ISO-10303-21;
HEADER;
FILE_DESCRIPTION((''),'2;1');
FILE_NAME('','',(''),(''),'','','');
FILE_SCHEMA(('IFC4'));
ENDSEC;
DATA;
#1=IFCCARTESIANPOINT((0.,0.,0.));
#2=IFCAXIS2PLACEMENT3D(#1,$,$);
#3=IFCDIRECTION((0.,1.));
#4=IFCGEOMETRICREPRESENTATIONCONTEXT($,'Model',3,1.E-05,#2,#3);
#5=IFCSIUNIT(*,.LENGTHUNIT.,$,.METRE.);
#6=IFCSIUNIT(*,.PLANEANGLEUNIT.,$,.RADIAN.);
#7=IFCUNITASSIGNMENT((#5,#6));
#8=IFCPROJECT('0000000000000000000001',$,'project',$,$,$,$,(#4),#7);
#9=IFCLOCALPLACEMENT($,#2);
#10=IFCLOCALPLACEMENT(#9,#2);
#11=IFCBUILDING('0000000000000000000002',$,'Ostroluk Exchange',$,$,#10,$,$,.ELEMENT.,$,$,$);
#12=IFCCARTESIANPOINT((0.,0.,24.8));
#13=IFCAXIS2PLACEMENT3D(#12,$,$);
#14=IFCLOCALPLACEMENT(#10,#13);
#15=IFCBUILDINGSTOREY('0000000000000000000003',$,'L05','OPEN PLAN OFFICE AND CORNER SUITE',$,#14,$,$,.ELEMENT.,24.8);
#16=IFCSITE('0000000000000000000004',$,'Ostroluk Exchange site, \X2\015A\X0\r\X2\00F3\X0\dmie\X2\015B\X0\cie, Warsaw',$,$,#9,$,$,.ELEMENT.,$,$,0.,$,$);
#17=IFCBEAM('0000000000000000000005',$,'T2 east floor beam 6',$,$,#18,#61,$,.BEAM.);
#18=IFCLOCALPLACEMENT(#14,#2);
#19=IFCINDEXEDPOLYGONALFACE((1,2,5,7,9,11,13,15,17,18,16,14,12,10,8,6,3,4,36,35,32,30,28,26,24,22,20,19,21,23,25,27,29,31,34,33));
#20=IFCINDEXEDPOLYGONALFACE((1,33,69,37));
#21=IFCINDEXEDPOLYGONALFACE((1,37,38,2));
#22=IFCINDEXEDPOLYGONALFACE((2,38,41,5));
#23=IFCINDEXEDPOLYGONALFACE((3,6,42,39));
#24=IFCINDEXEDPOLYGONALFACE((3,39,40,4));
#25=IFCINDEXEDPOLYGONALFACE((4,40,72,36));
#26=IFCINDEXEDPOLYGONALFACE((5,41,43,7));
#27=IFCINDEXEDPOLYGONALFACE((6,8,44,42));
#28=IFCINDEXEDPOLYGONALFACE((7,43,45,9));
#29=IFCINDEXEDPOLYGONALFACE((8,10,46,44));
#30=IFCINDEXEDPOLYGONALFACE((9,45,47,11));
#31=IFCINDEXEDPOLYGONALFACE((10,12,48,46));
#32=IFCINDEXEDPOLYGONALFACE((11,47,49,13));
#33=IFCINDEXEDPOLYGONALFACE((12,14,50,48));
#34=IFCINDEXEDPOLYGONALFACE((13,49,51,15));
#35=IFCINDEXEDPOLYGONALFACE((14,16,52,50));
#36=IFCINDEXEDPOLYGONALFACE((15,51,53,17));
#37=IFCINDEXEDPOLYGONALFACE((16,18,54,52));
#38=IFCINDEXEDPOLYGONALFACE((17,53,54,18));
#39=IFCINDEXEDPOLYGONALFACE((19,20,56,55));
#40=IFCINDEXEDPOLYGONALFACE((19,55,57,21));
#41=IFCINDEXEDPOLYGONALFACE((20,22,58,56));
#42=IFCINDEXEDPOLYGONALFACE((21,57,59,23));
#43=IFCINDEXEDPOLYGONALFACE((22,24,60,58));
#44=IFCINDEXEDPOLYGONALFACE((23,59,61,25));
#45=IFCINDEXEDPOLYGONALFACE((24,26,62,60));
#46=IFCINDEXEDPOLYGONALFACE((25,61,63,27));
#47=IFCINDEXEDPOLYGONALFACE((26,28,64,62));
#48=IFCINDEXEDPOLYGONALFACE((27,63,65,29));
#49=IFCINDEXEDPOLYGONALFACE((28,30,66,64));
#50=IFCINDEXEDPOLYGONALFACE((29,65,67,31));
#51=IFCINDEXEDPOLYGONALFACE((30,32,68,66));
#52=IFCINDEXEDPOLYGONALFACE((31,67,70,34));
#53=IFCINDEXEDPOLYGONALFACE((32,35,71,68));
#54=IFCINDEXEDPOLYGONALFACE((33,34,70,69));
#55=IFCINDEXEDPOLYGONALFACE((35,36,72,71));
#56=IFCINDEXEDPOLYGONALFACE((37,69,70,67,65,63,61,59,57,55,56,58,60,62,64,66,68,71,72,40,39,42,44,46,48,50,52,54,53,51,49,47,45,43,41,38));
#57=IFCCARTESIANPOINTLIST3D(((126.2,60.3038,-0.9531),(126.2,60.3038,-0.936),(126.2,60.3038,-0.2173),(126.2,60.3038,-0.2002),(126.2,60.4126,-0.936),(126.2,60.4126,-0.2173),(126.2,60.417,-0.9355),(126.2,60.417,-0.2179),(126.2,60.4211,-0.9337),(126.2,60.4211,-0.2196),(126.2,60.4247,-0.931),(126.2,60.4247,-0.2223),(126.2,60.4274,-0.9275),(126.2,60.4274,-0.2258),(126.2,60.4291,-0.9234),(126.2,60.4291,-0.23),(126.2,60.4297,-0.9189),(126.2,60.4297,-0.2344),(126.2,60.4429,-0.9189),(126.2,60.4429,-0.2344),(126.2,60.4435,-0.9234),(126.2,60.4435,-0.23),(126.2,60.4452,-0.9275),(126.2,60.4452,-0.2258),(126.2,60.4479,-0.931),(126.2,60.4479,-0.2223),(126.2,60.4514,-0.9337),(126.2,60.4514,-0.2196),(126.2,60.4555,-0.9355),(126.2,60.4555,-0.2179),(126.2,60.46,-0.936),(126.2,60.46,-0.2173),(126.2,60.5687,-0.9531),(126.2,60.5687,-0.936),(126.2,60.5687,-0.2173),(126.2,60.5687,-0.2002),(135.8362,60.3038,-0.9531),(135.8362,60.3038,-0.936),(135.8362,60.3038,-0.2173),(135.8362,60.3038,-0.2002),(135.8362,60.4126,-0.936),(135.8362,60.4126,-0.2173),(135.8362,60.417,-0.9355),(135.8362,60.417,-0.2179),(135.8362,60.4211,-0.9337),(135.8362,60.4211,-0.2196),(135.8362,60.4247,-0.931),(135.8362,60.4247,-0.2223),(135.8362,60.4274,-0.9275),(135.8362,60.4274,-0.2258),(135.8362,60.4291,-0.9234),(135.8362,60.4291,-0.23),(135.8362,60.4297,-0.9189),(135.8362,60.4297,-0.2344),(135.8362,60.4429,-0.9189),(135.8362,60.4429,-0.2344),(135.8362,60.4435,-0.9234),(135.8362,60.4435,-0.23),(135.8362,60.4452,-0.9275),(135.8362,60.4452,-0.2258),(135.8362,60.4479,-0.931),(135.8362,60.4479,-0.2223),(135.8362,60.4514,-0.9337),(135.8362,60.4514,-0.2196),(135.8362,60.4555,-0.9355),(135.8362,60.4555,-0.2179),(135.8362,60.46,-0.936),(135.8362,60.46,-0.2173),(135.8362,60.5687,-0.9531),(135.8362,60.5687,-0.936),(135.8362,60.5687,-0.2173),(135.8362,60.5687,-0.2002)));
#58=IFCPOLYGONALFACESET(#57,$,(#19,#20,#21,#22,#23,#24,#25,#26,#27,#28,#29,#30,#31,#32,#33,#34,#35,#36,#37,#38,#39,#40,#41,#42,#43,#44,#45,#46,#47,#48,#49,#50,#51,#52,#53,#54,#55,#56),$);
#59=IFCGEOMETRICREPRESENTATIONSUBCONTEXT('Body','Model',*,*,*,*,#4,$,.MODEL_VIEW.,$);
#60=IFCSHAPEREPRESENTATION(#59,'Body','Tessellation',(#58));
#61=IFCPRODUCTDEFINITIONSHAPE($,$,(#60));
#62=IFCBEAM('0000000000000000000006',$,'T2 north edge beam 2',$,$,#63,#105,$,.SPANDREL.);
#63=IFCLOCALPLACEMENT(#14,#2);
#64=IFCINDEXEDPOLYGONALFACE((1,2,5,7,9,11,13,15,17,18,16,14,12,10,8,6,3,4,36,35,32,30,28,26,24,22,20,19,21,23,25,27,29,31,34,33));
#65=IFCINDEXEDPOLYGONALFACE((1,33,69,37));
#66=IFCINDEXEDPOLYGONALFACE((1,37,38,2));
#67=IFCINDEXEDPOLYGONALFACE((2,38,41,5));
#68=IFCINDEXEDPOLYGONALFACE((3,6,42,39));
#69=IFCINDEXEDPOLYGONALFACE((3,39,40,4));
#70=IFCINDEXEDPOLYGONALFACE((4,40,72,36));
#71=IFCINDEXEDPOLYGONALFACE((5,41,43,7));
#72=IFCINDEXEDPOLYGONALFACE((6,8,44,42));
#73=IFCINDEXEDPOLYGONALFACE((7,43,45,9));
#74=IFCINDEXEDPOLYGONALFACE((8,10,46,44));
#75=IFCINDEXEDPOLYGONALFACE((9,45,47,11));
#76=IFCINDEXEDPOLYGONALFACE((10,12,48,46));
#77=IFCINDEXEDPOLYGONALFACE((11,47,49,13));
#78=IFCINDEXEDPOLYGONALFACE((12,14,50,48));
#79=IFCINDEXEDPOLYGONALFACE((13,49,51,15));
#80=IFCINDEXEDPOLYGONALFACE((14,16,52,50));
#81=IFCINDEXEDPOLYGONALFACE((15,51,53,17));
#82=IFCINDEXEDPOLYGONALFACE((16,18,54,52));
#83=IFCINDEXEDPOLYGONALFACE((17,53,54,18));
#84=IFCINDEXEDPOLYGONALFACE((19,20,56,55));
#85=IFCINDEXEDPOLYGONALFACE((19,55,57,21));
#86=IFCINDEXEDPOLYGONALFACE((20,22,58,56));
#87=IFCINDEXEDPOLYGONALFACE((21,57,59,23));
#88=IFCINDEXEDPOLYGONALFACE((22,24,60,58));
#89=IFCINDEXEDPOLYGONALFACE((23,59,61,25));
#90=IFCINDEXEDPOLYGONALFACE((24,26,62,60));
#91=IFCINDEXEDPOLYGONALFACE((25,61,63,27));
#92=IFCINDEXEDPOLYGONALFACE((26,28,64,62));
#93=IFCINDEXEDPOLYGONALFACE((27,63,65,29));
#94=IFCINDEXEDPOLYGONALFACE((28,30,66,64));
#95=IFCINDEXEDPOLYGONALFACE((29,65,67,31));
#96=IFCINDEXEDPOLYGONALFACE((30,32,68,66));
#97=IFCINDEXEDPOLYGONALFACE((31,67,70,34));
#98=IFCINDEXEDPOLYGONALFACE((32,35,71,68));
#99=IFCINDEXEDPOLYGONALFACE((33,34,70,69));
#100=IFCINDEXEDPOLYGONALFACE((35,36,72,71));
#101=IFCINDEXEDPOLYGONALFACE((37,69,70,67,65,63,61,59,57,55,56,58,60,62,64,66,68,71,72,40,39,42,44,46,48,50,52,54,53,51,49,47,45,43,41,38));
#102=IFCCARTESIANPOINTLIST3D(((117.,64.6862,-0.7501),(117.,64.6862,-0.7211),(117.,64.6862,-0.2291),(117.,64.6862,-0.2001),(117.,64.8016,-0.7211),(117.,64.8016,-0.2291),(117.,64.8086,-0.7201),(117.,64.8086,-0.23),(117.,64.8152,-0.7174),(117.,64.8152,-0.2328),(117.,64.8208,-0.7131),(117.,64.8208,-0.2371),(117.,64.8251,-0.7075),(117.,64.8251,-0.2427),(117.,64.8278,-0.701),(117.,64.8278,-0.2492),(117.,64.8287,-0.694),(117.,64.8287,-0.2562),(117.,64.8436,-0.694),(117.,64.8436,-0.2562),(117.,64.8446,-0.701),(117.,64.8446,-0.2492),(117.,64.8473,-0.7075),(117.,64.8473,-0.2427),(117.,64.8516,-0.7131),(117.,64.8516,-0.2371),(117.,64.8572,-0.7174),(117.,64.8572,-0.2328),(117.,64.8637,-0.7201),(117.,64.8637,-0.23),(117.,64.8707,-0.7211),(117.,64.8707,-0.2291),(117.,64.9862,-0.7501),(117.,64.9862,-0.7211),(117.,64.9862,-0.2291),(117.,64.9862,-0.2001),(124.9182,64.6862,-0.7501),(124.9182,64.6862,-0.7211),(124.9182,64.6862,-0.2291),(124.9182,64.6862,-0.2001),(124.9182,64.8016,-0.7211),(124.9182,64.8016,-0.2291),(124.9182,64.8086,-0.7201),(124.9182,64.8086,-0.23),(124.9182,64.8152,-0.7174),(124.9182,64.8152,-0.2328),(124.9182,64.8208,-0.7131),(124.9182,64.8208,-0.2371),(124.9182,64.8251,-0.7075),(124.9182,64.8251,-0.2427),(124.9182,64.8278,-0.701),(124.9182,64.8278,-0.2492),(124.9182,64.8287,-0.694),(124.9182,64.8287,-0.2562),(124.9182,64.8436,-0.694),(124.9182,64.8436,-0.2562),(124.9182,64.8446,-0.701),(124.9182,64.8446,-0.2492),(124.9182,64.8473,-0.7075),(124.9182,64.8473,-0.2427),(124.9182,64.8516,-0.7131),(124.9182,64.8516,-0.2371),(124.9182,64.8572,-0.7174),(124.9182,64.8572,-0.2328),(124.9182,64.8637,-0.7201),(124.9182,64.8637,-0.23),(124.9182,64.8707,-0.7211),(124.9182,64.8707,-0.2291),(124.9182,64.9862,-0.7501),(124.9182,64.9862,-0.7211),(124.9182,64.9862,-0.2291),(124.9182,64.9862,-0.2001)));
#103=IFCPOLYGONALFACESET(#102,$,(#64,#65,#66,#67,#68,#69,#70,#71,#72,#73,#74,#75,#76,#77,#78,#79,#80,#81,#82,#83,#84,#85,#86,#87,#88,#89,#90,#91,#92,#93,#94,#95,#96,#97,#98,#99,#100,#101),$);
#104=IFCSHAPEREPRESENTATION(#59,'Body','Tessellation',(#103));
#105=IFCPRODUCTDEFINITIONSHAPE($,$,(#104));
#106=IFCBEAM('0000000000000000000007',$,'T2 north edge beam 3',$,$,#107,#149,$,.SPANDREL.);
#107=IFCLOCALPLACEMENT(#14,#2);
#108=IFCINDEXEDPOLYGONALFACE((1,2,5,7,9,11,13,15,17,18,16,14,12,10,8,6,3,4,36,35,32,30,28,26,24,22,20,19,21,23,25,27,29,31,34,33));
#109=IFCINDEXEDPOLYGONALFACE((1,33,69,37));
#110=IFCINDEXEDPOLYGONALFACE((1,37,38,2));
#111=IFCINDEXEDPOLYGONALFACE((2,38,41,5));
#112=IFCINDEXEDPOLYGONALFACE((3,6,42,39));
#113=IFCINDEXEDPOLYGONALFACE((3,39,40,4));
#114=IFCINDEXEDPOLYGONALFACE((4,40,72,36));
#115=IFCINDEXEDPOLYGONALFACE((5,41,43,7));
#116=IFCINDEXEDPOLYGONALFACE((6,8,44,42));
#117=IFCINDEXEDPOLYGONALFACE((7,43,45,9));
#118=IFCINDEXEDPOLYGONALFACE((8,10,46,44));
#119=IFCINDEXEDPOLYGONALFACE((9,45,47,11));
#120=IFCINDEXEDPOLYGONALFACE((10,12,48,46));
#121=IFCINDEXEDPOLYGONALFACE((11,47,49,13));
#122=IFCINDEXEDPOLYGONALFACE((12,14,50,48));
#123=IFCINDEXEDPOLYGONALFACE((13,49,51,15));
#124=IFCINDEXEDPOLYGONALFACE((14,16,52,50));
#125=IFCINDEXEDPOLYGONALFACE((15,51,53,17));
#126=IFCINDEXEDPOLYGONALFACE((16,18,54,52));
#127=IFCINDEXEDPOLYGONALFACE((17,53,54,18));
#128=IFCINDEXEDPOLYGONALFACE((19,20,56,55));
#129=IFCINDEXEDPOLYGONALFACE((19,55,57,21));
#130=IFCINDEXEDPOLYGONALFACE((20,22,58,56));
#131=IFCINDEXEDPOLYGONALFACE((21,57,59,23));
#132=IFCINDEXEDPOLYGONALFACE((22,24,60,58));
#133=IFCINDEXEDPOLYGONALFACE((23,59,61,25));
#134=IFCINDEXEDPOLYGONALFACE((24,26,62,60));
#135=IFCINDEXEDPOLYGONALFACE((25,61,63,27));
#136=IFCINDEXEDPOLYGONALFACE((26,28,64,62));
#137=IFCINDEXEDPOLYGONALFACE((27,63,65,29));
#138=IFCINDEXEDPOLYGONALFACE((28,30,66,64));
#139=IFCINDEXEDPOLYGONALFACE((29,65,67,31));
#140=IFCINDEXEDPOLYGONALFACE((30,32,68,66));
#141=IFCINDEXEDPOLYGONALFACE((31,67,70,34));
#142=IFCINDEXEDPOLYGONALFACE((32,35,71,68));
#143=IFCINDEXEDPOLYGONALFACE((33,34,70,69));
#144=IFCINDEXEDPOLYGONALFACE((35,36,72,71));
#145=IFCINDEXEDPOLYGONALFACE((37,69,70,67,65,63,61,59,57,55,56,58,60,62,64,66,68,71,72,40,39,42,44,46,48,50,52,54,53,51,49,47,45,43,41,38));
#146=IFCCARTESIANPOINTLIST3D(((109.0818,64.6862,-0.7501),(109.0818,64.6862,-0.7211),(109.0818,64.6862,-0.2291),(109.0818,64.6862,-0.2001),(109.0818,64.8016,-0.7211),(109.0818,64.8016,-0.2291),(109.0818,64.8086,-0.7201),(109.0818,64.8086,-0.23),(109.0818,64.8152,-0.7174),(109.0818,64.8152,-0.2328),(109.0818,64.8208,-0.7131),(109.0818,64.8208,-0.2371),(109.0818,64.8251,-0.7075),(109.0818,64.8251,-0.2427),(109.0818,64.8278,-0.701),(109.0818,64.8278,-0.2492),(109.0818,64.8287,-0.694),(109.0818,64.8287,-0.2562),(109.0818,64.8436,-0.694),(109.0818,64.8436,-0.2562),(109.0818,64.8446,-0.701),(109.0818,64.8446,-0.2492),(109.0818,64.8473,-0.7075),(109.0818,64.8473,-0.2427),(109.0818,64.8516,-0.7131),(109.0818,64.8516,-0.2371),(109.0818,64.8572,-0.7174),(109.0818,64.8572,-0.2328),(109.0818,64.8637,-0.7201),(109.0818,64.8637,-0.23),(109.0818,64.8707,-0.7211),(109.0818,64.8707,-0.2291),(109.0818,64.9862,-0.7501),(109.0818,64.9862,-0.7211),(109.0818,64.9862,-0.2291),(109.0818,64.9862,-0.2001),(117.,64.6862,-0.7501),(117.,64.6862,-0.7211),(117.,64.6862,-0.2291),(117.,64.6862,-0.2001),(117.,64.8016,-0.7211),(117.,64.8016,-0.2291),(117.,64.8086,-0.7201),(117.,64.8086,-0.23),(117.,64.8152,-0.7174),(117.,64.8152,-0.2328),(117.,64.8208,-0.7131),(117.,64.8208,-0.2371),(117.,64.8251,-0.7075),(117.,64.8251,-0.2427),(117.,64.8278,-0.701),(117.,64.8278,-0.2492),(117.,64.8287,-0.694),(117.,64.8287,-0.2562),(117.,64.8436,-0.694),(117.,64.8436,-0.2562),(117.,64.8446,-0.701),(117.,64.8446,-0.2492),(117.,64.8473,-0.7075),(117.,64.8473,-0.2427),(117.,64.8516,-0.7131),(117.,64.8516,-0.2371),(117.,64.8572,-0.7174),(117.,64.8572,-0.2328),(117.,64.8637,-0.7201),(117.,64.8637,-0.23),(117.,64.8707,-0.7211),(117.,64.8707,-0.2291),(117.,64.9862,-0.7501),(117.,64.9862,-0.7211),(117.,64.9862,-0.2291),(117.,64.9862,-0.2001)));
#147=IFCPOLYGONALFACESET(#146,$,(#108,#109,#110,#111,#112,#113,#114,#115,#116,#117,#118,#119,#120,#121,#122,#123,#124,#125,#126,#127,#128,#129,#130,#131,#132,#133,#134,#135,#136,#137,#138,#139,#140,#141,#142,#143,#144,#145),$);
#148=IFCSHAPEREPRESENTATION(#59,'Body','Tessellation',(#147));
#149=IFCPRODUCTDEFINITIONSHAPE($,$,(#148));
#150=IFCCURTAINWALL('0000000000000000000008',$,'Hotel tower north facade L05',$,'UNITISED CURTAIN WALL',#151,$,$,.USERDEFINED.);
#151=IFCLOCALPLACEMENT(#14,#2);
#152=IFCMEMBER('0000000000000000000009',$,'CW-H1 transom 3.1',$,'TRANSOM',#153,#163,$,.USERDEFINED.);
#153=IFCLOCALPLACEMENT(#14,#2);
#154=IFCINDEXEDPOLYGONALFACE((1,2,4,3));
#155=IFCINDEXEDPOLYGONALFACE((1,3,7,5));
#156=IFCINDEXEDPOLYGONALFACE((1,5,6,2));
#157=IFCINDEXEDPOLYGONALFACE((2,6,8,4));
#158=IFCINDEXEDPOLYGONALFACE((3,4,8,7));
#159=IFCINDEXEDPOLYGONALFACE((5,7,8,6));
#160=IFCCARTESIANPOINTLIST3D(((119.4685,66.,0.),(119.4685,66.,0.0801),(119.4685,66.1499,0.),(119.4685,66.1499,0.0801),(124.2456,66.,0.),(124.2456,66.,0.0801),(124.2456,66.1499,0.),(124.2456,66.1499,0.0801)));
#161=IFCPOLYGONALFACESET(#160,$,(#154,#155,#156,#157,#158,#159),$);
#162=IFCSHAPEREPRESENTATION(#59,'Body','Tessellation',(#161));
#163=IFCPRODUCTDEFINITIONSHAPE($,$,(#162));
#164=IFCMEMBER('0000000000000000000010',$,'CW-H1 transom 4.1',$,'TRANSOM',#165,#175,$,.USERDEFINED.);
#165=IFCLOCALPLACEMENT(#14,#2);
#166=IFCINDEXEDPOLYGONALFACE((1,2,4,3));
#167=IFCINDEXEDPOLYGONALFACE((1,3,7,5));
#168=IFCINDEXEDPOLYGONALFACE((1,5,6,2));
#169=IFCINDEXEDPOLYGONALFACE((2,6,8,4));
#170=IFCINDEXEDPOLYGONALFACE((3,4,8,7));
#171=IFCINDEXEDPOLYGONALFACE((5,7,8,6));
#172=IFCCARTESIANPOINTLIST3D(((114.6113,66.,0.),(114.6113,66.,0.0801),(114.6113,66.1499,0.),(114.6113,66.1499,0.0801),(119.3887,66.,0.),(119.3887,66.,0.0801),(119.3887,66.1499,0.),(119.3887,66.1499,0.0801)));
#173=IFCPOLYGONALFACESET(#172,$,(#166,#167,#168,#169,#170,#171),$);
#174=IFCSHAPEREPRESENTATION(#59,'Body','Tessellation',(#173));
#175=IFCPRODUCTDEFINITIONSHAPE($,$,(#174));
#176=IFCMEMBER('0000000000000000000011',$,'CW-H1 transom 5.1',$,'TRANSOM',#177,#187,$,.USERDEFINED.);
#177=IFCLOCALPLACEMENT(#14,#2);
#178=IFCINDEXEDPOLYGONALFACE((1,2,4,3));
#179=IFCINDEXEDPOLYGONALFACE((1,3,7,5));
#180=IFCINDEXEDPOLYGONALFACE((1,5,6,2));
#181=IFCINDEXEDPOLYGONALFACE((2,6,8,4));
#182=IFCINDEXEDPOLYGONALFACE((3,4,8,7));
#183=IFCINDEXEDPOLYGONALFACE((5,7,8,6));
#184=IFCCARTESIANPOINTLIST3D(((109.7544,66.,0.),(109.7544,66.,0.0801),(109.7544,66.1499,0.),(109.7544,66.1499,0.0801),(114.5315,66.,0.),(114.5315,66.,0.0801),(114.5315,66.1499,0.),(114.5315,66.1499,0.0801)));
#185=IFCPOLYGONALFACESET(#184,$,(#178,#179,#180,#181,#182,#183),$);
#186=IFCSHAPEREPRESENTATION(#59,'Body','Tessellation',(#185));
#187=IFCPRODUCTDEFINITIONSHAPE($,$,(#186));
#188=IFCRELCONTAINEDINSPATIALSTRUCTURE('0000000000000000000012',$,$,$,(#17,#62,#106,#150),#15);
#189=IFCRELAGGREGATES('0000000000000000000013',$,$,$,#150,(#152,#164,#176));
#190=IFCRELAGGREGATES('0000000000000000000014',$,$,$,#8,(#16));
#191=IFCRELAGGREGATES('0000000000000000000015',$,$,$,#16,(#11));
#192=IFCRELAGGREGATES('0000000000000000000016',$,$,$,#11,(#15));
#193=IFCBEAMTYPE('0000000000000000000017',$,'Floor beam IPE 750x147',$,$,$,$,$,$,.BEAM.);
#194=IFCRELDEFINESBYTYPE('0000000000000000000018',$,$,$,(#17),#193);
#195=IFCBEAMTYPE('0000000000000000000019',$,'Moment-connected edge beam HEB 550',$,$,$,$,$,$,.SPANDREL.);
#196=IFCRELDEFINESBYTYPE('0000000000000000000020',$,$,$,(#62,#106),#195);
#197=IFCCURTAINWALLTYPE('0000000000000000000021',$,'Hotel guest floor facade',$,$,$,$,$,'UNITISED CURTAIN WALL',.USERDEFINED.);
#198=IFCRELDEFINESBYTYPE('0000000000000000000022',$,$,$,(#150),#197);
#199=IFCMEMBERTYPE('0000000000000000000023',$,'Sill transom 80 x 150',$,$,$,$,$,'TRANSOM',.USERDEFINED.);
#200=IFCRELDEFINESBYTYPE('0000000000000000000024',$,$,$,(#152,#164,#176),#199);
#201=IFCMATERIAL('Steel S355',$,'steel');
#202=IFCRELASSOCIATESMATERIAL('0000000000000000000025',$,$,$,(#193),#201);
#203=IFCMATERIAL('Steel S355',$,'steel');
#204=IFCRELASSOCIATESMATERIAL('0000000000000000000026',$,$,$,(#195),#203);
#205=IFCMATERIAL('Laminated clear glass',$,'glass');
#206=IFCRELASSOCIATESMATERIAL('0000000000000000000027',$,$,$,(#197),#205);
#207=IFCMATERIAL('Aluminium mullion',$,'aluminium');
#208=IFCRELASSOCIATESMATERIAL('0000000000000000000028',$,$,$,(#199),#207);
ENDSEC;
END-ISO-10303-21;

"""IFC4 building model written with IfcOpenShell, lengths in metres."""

from ifc_helpers import new_model, si_unit, direction, frame, origin, origin_2d, place, context, subcontext, project, spatial, rectangle, i_section, extrude, material, material_profile, profile_set, type_object, element, aggregate, save


model = new_model("IFC4")

# Units and contexts
model_context = context("Model", 3, precision=1e-05, world=origin(), true_north=direction((0.0, 1.0)))
body_context = subcontext(model_context, "Body", "Model", "MODEL_VIEW")
ifc_project = project(units=[si_unit("LENGTHUNIT", "METRE"), si_unit("PLANEANGLEUNIT", "RADIAN")], contexts=[model_context])

# Site, building, storey
site_placement = place(None, origin())
site = spatial("IfcSite", under=ifc_project, at=site_placement, Name="Ostroluk Exchange site, Śródmieście, Warsaw", CompositionType="ELEMENT", RefElevation=0.0)
building_placement = place(site_placement, origin())
building = spatial("IfcBuilding", under=site, at=building_placement, Name="Ostroluk Exchange", CompositionType="ELEMENT")
storey_placement = place(building_placement, frame((0.0, 0.0, 24.8)))
storey = spatial("IfcBuildingStorey", under=building, at=storey_placement, Name="L05", Description="OPEN PLAN OFFICE AND CORNER SUITE", CompositionType="ELEMENT", Elevation=24.8)

# Beams
ifc_material_1 = material(Name="Steel S355", Category="steel")
ifc_material_profile_1 = material_profile(ifc_material_1, i_section(OverallWidth=0.2649, OverallDepth=0.7529, WebThickness=0.0132, FlangeThickness=0.0171, FilletRadius=0.0171, at=origin_2d()), Name="IPE 750x147")
ifc_profile_set_1 = profile_set([ifc_material_profile_1], Name="Steel S355")
beam_type_1 = type_object("IfcBeamType", Name="Floor beam IPE 750x147", PredefinedType="BEAM", material=ifc_profile_set_1)
beam_placement = place(storey_placement, frame((126.2, 60.4363, -0.5767), z_axis=(1.0, 0.0, 0.0), x_axis=(0.0, 1.0, 0.0)))
element("IfcBeam", 1, at=beam_placement, inside=storey, type_object=beam_type_1, Name="T2 east floor beam 6", PredefinedType="BEAM", context=body_context, shape_type="SweptSolid", body=[
    extrude(i_section(OverallWidth=0.2649, OverallDepth=0.7529, WebThickness=0.0132, FlangeThickness=0.0171, FilletRadius=0.0171, at=origin_2d()), origin(), (0.0, 0.0, 1.0), 9.6362),
])
ifc_material_2 = material(Name="Steel S355", Category="steel")
ifc_material_profile_2 = material_profile(ifc_material_2, i_section(OverallWidth=0.3, OverallDepth=0.55, WebThickness=0.0149, FlangeThickness=0.0291, FilletRadius=0.0271, at=origin_2d()), Name="HEB 550")
ifc_profile_set_2 = profile_set([ifc_material_profile_2], Name="Steel S355")
beam_type_2 = type_object("IfcBeamType", Name="Moment-connected edge beam HEB 550", PredefinedType="SPANDREL", material=ifc_profile_set_2)
for number, where, z_axis, x_axis, name in (
    (2, (124.9182, 64.8362, -0.4751), (-1.0, 0.0, 0.0), (0.0, -1.0, 0.0), "T2 north edge beam 2"),
    (3, (117.0, 64.8362, -0.4751), (-1.0, 0.0, 0.0), (0.0, -1.0, 0.0), "T2 north edge beam 3"),
):
    element("IfcBeam", number, at=place(storey_placement, frame(where, z_axis=z_axis, x_axis=x_axis)), inside=storey, type_object=beam_type_2, Name=name, PredefinedType="SPANDREL", context=body_context, shape_type="SweptSolid", body=[
        extrude(i_section(OverallWidth=0.3, OverallDepth=0.55, WebThickness=0.0149, FlangeThickness=0.0291, FilletRadius=0.0271, at=origin_2d()), origin(), (0.0, 0.0, 1.0), 7.9182),
    ])

# Curtain wall, members
ifc_material_3 = material(Name="Laminated clear glass", Category="glass")
curtain_wall_type = type_object("IfcCurtainWallType", Name="Hotel guest floor facade", ElementType="UNITISED CURTAIN WALL", PredefinedType="USERDEFINED", material=ifc_material_3)
curtain_wall_placement = place(storey_placement, origin())
curtain_wall = element("IfcCurtainWall", 4, at=curtain_wall_placement, inside=storey, type_object=curtain_wall_type, Name="Hotel tower north facade L05", ObjectType="UNITISED CURTAIN WALL", PredefinedType="USERDEFINED")
ifc_material_4 = material(Name="Aluminium mullion", Category="aluminium")
ifc_material_profile_3 = material_profile(ifc_material_4, rectangle(XDim=0.1499, YDim=0.0801, at=origin_2d()), Name="Sill transom 80 x 150")
ifc_profile_set_3 = profile_set([ifc_material_profile_3], Name="Aluminium mullion")
member_type_1 = type_object("IfcMemberType", Name="Sill transom 80 x 150", ElementType="TRANSOM", PredefinedType="USERDEFINED", material=ifc_profile_set_3)
member_1_placement = place(storey_placement, frame((124.2456, 66.075, 0.04), z_axis=(-1.0, 0.0, 0.0), x_axis=(0.0, -1.0, 0.0)))
member_1 = element("IfcMember", 5, at=member_1_placement, type_object=member_type_1, Name="CW-H1 transom 3.1", ObjectType="TRANSOM", PredefinedType="USERDEFINED", context=body_context, shape_type="SweptSolid", body=[
    extrude(rectangle(XDim=0.1499, YDim=0.0801, at=origin_2d()), origin(), (0.0, 0.0, 1.0), 4.7771),
])
member_2_placement = place(storey_placement, frame((119.3887, 66.075, 0.04), z_axis=(-1.0, 0.0, 0.0), x_axis=(0.0, -1.0, 0.0)))
member_2 = element("IfcMember", 6, at=member_2_placement, type_object=member_type_1, Name="CW-H1 transom 4.1", ObjectType="TRANSOM", PredefinedType="USERDEFINED", context=body_context, shape_type="SweptSolid", body=[
    extrude(rectangle(XDim=0.1499, YDim=0.0801, at=origin_2d()), origin(), (0.0, 0.0, 1.0), 4.7773),
])
member_3_placement = place(storey_placement, frame((114.5315, 66.075, 0.04), z_axis=(-1.0, 0.0, 0.0), x_axis=(0.0, -1.0, 0.0)))
member_3 = element("IfcMember", 7, at=member_3_placement, type_object=member_type_1, Name="CW-H1 transom 5.1", ObjectType="TRANSOM", PredefinedType="USERDEFINED", context=body_context, shape_type="SweptSolid", body=[
    extrude(rectangle(XDim=0.1499, YDim=0.0801, at=origin_2d()), origin(), (0.0, 0.0, 1.0), 4.7771),
])
aggregate(curtain_wall, [member_1, member_2, member_3])

save(model, "model.ifc")
